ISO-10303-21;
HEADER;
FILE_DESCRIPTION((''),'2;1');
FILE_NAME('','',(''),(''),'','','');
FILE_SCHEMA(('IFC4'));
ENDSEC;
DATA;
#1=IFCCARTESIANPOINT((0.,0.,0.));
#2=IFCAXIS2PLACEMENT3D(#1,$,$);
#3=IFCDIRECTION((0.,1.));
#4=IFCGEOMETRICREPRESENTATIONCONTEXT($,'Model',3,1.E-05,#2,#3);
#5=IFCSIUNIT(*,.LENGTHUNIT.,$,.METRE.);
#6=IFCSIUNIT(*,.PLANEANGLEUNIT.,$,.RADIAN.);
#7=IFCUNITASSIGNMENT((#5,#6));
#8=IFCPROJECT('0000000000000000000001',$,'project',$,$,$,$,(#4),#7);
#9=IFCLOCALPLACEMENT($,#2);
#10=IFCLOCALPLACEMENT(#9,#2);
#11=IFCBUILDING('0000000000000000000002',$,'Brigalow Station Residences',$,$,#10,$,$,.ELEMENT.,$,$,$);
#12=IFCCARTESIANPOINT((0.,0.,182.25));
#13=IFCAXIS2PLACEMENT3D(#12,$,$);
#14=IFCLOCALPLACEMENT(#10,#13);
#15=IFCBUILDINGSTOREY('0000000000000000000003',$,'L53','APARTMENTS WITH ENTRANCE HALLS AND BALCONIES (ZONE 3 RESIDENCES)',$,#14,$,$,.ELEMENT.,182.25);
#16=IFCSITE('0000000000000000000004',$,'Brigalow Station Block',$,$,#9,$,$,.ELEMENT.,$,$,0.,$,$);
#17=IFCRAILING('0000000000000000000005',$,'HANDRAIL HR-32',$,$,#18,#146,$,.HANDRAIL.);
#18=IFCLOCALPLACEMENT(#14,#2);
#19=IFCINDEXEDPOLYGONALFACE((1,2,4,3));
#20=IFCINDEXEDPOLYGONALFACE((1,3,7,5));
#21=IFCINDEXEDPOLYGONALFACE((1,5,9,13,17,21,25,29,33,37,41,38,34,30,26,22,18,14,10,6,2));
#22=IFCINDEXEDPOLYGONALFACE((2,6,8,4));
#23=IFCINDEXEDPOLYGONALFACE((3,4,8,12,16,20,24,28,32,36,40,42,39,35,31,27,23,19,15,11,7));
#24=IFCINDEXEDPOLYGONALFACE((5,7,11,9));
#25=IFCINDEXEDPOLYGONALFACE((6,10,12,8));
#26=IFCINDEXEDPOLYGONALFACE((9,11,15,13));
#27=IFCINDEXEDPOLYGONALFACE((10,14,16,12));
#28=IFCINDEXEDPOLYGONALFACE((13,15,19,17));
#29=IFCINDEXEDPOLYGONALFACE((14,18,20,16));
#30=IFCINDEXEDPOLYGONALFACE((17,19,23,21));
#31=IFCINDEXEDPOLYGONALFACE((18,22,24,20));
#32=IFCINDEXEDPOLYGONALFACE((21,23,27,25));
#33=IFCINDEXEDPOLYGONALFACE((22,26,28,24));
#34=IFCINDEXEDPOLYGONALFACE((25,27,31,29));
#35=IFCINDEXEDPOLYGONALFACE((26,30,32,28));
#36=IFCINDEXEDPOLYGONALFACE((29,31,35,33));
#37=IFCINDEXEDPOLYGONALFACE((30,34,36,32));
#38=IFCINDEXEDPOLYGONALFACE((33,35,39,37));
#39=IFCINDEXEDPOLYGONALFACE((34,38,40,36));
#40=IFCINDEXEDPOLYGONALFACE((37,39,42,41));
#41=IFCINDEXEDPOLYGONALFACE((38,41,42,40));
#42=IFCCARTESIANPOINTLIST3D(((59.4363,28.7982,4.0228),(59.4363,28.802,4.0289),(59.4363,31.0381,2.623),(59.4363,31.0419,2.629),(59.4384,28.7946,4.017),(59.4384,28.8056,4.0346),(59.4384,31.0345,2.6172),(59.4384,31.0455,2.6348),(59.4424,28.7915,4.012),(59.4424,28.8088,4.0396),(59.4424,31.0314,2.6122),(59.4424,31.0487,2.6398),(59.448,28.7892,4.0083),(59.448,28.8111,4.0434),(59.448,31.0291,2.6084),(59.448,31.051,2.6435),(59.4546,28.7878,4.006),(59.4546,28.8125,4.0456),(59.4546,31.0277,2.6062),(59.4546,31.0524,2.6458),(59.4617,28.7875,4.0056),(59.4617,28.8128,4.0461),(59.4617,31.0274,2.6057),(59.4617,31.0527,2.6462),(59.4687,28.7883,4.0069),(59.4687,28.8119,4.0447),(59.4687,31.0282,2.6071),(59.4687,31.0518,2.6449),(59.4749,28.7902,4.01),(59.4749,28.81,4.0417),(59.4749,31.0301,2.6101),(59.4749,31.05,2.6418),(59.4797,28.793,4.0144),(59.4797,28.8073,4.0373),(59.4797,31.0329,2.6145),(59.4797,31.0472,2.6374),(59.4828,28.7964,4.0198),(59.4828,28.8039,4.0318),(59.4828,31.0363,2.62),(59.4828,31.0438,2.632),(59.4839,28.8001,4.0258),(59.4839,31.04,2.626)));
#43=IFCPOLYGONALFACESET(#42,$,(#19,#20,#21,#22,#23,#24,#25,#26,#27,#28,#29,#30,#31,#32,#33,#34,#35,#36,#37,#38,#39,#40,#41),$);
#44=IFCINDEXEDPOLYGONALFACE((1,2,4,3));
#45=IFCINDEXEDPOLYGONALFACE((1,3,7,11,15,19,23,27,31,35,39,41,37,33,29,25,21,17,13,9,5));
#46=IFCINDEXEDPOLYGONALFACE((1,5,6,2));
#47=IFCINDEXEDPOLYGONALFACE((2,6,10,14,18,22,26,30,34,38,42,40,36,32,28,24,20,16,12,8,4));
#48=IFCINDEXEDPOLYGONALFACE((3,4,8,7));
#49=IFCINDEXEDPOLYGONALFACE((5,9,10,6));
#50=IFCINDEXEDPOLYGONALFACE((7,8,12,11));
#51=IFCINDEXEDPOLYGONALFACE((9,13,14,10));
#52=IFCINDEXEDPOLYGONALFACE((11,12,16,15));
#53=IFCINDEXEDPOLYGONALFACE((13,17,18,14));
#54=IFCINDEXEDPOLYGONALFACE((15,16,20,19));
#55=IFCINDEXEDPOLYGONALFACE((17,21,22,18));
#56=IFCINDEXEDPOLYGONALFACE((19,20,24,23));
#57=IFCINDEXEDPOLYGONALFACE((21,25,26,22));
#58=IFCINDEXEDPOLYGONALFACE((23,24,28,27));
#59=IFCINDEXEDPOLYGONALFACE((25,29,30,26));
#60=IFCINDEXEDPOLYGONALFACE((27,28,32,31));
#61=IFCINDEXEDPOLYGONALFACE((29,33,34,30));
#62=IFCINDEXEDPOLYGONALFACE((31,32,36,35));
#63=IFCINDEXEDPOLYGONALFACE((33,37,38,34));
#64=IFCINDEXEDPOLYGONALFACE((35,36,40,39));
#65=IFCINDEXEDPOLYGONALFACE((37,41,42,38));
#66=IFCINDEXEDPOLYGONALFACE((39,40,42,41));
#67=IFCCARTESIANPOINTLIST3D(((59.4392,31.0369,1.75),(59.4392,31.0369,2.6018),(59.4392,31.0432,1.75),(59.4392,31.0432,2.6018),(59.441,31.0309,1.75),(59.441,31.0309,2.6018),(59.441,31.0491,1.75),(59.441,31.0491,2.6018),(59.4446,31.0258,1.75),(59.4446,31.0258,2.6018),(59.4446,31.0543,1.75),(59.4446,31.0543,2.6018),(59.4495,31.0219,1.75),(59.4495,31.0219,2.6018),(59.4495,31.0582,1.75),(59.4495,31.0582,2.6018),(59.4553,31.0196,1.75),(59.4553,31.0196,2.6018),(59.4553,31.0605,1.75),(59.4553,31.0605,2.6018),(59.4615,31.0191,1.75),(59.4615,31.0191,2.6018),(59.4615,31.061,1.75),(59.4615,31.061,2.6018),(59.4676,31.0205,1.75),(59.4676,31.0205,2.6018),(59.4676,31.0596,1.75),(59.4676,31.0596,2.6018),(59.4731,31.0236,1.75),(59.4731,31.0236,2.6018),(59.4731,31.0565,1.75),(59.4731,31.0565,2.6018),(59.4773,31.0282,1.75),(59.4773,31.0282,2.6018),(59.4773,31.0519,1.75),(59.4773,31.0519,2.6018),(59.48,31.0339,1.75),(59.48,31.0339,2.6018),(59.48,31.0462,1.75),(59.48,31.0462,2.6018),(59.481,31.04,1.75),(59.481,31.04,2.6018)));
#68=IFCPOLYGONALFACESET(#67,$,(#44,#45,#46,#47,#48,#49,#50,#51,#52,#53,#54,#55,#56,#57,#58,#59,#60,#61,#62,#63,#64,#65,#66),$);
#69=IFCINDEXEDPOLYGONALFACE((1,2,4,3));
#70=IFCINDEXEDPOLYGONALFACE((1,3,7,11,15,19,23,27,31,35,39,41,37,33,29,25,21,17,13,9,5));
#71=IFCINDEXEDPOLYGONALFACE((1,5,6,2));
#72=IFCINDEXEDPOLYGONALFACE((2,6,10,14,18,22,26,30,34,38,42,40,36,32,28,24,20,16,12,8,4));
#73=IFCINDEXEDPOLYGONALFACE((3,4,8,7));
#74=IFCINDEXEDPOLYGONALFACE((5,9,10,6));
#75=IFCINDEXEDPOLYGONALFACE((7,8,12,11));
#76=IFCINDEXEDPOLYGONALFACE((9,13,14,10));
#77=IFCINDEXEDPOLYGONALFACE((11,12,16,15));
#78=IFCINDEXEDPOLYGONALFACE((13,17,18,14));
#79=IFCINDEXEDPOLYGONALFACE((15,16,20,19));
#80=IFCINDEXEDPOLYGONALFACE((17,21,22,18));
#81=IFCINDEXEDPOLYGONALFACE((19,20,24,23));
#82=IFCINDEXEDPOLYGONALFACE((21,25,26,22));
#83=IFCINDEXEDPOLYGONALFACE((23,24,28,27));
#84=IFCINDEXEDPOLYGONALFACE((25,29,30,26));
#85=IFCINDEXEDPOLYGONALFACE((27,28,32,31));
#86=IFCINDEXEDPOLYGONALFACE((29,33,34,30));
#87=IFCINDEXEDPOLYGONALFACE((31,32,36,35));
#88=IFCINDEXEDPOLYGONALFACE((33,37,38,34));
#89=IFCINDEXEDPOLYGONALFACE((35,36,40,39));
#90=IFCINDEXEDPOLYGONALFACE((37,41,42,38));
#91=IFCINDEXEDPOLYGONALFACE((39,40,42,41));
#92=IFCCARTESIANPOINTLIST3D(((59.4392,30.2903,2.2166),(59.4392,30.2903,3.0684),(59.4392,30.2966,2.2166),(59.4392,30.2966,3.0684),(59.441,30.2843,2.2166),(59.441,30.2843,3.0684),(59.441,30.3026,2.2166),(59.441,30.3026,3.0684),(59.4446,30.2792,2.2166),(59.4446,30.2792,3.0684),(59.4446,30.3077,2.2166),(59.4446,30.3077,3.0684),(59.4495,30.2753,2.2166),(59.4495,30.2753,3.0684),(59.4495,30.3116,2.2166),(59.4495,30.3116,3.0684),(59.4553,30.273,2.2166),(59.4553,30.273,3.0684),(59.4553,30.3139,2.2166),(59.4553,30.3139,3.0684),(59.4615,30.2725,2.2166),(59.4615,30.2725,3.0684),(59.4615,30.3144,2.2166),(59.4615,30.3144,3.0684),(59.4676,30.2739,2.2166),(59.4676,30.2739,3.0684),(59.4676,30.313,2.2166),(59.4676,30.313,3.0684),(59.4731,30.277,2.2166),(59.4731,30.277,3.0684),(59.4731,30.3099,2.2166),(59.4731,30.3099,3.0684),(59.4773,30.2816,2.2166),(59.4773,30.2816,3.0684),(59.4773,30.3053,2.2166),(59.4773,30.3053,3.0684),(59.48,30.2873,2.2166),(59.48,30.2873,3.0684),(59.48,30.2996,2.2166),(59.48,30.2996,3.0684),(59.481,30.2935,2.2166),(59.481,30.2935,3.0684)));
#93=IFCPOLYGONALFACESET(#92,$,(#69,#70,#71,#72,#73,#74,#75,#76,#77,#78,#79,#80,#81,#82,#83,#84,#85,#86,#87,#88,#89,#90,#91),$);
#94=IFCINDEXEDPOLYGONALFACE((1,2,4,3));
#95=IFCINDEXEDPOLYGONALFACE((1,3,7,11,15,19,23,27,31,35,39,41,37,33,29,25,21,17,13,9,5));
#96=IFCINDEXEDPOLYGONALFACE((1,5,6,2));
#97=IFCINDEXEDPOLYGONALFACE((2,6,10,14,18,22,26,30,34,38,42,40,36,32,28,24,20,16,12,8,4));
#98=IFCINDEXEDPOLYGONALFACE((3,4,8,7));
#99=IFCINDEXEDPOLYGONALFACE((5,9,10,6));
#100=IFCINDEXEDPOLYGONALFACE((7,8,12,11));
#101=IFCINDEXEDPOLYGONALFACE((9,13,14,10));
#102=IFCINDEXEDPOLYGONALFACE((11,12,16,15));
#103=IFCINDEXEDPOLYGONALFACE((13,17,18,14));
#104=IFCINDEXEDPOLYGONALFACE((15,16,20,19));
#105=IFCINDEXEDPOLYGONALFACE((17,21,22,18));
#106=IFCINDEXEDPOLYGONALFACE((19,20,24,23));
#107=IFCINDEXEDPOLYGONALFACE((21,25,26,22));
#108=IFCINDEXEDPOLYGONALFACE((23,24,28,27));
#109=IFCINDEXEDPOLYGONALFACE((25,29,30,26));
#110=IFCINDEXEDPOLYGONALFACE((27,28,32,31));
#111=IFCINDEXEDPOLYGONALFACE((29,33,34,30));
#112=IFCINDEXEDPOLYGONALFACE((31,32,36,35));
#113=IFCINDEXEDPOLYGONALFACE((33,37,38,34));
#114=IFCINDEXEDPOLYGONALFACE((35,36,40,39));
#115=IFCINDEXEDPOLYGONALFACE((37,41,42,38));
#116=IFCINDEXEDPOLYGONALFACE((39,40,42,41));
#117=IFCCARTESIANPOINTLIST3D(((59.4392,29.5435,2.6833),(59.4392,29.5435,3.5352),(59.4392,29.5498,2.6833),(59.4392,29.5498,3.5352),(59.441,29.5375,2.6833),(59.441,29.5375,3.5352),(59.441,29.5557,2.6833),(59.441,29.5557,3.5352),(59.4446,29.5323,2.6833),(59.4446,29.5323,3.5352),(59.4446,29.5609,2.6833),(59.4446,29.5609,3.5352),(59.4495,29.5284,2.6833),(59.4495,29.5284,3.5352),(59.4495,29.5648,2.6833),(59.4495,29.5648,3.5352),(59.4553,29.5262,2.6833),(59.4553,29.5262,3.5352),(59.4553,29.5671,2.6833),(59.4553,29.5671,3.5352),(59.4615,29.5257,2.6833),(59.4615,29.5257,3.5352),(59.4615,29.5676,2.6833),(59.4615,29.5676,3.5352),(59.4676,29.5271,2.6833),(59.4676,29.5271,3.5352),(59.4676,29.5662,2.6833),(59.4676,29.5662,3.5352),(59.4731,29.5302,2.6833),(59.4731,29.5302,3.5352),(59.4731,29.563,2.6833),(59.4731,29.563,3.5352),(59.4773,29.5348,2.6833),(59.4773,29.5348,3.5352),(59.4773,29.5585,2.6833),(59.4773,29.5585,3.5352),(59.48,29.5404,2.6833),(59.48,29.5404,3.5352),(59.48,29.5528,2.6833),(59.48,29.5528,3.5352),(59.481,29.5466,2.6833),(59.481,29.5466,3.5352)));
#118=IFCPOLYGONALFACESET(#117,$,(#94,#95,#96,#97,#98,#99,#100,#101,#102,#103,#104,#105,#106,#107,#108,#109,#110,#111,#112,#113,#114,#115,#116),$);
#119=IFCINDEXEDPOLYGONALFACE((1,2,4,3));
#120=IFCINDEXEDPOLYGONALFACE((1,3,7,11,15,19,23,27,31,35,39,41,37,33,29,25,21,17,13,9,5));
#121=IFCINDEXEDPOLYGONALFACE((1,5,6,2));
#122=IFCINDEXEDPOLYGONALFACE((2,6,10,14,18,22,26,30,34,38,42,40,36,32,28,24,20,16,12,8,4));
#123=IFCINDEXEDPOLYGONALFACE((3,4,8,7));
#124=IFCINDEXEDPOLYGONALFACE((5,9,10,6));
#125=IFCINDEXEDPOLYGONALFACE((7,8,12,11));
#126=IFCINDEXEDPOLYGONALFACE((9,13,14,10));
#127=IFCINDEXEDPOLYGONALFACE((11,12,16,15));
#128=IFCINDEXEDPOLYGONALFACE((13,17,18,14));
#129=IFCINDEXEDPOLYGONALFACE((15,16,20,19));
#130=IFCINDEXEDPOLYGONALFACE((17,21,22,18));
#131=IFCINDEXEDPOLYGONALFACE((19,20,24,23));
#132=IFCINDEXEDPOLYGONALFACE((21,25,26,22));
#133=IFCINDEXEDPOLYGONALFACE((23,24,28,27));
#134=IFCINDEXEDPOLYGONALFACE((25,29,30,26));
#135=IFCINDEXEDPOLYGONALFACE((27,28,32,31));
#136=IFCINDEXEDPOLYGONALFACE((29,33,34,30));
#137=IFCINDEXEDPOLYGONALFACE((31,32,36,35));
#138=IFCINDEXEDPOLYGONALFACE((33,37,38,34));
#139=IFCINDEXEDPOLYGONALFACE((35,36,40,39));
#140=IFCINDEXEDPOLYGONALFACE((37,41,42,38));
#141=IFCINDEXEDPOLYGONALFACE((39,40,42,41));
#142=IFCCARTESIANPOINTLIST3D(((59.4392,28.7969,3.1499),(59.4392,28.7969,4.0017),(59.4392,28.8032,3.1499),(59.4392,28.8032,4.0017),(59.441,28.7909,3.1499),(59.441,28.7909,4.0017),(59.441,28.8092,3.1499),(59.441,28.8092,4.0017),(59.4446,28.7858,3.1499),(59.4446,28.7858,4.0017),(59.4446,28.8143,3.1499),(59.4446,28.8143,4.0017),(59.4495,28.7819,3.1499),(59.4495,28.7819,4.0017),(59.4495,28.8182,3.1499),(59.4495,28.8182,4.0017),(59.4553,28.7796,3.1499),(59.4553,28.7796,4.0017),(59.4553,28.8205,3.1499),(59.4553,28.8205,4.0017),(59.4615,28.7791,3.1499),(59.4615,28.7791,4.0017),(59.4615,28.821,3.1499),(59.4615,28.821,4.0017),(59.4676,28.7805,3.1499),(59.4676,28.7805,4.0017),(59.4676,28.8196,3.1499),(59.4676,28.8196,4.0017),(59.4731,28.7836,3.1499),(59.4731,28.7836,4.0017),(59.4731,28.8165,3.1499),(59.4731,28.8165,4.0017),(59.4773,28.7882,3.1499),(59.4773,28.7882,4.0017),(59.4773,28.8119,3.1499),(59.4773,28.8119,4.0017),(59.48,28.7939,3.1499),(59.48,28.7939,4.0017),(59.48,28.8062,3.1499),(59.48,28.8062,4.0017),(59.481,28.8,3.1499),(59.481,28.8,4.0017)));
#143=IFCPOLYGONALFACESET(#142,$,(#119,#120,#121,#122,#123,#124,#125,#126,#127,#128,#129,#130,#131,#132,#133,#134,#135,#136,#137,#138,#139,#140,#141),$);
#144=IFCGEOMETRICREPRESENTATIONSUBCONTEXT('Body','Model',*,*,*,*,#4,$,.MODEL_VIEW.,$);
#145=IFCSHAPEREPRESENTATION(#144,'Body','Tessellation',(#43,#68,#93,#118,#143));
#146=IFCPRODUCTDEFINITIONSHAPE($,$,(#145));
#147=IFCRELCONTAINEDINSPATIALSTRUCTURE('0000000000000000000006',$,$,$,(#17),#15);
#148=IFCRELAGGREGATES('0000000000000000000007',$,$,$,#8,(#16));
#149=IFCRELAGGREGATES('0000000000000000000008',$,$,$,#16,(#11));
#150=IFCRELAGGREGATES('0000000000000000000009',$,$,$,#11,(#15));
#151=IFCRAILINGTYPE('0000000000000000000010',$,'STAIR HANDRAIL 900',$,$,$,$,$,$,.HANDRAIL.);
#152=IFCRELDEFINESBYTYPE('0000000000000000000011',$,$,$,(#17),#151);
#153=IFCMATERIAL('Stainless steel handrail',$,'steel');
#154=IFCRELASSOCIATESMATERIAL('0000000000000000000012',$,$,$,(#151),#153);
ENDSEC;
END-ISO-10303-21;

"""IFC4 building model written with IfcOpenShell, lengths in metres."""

from ifc_helpers import new_model, si_unit, direction, frame, origin, origin_2d, place, context, subcontext, project, spatial, circle, extrude, material, type_object, element, save


model = new_model("IFC4")

# Units and contexts
model_context = context("Model", 3, precision=1e-05, world=origin(), true_north=direction((0.0, 1.0)))
body_context = subcontext(model_context, "Body", "Model", "MODEL_VIEW")
ifc_project = project(units=[si_unit("LENGTHUNIT", "METRE"), si_unit("PLANEANGLEUNIT", "RADIAN")], contexts=[model_context])

# Site, building, storey
site_placement = place(None, origin())
site = spatial("IfcSite", under=ifc_project, at=site_placement, Name="Brigalow Station Block", CompositionType="ELEMENT", RefElevation=0.0)
building_placement = place(site_placement, origin())
building = spatial("IfcBuilding", under=site, at=building_placement, Name="Brigalow Station Residences", CompositionType="ELEMENT")
storey_placement = place(building_placement, frame((0.0, 0.0, 182.25)))
storey = spatial("IfcBuildingStorey", under=building, at=storey_placement, Name="L53", Description="APARTMENTS WITH ENTRANCE HALLS AND BALCONIES (ZONE 3 RESIDENCES)", CompositionType="ELEMENT", Elevation=182.25)

# Railing
ifc_material_1 = material(Name="Stainless steel handrail", Category="steel")
railing_type_1 = type_object("IfcRailingType", Name="STAIR HANDRAIL 900", PredefinedType="HANDRAIL", material=ifc_material_1)
railing_1_placement = place(storey_placement, frame((59.46, 31.04, 1.75)))
element("IfcRailing", 1, at=railing_1_placement, inside=storey, type_object=railing_type_1, Name="HANDRAIL HR-32", PredefinedType="HANDRAIL", context=body_context, shape_type="SweptSolid", body=[
    extrude(circle(Radius=0.0239, at=origin_2d()), frame((0.0, 0.0, 0.876), z_axis=(0.0, -0.848014, 0.529974), x_axis=(1.0, 0.0, 0.0)), (0.0, 0.0, 1.0), 2.6414),
    extrude(circle(Radius=0.021, at=origin_2d()), origin(), (0.0, 0.0, 1.0), 0.8518),
    extrude(circle(Radius=0.021, at=origin_2d()), frame((0.0, -0.7466, 0.4666)), (0.0, 0.0, 1.0), 0.8518),
    extrude(circle(Radius=0.021, at=origin_2d()), frame((0.0, -1.4934, 0.9333)), (0.0, 0.0, 1.0), 0.8518),
    extrude(circle(Radius=0.021, at=origin_2d()), frame((0.0, -2.24, 1.3999)), (0.0, 0.0, 1.0), 0.8518),
])

save(model, "model.ifc")
